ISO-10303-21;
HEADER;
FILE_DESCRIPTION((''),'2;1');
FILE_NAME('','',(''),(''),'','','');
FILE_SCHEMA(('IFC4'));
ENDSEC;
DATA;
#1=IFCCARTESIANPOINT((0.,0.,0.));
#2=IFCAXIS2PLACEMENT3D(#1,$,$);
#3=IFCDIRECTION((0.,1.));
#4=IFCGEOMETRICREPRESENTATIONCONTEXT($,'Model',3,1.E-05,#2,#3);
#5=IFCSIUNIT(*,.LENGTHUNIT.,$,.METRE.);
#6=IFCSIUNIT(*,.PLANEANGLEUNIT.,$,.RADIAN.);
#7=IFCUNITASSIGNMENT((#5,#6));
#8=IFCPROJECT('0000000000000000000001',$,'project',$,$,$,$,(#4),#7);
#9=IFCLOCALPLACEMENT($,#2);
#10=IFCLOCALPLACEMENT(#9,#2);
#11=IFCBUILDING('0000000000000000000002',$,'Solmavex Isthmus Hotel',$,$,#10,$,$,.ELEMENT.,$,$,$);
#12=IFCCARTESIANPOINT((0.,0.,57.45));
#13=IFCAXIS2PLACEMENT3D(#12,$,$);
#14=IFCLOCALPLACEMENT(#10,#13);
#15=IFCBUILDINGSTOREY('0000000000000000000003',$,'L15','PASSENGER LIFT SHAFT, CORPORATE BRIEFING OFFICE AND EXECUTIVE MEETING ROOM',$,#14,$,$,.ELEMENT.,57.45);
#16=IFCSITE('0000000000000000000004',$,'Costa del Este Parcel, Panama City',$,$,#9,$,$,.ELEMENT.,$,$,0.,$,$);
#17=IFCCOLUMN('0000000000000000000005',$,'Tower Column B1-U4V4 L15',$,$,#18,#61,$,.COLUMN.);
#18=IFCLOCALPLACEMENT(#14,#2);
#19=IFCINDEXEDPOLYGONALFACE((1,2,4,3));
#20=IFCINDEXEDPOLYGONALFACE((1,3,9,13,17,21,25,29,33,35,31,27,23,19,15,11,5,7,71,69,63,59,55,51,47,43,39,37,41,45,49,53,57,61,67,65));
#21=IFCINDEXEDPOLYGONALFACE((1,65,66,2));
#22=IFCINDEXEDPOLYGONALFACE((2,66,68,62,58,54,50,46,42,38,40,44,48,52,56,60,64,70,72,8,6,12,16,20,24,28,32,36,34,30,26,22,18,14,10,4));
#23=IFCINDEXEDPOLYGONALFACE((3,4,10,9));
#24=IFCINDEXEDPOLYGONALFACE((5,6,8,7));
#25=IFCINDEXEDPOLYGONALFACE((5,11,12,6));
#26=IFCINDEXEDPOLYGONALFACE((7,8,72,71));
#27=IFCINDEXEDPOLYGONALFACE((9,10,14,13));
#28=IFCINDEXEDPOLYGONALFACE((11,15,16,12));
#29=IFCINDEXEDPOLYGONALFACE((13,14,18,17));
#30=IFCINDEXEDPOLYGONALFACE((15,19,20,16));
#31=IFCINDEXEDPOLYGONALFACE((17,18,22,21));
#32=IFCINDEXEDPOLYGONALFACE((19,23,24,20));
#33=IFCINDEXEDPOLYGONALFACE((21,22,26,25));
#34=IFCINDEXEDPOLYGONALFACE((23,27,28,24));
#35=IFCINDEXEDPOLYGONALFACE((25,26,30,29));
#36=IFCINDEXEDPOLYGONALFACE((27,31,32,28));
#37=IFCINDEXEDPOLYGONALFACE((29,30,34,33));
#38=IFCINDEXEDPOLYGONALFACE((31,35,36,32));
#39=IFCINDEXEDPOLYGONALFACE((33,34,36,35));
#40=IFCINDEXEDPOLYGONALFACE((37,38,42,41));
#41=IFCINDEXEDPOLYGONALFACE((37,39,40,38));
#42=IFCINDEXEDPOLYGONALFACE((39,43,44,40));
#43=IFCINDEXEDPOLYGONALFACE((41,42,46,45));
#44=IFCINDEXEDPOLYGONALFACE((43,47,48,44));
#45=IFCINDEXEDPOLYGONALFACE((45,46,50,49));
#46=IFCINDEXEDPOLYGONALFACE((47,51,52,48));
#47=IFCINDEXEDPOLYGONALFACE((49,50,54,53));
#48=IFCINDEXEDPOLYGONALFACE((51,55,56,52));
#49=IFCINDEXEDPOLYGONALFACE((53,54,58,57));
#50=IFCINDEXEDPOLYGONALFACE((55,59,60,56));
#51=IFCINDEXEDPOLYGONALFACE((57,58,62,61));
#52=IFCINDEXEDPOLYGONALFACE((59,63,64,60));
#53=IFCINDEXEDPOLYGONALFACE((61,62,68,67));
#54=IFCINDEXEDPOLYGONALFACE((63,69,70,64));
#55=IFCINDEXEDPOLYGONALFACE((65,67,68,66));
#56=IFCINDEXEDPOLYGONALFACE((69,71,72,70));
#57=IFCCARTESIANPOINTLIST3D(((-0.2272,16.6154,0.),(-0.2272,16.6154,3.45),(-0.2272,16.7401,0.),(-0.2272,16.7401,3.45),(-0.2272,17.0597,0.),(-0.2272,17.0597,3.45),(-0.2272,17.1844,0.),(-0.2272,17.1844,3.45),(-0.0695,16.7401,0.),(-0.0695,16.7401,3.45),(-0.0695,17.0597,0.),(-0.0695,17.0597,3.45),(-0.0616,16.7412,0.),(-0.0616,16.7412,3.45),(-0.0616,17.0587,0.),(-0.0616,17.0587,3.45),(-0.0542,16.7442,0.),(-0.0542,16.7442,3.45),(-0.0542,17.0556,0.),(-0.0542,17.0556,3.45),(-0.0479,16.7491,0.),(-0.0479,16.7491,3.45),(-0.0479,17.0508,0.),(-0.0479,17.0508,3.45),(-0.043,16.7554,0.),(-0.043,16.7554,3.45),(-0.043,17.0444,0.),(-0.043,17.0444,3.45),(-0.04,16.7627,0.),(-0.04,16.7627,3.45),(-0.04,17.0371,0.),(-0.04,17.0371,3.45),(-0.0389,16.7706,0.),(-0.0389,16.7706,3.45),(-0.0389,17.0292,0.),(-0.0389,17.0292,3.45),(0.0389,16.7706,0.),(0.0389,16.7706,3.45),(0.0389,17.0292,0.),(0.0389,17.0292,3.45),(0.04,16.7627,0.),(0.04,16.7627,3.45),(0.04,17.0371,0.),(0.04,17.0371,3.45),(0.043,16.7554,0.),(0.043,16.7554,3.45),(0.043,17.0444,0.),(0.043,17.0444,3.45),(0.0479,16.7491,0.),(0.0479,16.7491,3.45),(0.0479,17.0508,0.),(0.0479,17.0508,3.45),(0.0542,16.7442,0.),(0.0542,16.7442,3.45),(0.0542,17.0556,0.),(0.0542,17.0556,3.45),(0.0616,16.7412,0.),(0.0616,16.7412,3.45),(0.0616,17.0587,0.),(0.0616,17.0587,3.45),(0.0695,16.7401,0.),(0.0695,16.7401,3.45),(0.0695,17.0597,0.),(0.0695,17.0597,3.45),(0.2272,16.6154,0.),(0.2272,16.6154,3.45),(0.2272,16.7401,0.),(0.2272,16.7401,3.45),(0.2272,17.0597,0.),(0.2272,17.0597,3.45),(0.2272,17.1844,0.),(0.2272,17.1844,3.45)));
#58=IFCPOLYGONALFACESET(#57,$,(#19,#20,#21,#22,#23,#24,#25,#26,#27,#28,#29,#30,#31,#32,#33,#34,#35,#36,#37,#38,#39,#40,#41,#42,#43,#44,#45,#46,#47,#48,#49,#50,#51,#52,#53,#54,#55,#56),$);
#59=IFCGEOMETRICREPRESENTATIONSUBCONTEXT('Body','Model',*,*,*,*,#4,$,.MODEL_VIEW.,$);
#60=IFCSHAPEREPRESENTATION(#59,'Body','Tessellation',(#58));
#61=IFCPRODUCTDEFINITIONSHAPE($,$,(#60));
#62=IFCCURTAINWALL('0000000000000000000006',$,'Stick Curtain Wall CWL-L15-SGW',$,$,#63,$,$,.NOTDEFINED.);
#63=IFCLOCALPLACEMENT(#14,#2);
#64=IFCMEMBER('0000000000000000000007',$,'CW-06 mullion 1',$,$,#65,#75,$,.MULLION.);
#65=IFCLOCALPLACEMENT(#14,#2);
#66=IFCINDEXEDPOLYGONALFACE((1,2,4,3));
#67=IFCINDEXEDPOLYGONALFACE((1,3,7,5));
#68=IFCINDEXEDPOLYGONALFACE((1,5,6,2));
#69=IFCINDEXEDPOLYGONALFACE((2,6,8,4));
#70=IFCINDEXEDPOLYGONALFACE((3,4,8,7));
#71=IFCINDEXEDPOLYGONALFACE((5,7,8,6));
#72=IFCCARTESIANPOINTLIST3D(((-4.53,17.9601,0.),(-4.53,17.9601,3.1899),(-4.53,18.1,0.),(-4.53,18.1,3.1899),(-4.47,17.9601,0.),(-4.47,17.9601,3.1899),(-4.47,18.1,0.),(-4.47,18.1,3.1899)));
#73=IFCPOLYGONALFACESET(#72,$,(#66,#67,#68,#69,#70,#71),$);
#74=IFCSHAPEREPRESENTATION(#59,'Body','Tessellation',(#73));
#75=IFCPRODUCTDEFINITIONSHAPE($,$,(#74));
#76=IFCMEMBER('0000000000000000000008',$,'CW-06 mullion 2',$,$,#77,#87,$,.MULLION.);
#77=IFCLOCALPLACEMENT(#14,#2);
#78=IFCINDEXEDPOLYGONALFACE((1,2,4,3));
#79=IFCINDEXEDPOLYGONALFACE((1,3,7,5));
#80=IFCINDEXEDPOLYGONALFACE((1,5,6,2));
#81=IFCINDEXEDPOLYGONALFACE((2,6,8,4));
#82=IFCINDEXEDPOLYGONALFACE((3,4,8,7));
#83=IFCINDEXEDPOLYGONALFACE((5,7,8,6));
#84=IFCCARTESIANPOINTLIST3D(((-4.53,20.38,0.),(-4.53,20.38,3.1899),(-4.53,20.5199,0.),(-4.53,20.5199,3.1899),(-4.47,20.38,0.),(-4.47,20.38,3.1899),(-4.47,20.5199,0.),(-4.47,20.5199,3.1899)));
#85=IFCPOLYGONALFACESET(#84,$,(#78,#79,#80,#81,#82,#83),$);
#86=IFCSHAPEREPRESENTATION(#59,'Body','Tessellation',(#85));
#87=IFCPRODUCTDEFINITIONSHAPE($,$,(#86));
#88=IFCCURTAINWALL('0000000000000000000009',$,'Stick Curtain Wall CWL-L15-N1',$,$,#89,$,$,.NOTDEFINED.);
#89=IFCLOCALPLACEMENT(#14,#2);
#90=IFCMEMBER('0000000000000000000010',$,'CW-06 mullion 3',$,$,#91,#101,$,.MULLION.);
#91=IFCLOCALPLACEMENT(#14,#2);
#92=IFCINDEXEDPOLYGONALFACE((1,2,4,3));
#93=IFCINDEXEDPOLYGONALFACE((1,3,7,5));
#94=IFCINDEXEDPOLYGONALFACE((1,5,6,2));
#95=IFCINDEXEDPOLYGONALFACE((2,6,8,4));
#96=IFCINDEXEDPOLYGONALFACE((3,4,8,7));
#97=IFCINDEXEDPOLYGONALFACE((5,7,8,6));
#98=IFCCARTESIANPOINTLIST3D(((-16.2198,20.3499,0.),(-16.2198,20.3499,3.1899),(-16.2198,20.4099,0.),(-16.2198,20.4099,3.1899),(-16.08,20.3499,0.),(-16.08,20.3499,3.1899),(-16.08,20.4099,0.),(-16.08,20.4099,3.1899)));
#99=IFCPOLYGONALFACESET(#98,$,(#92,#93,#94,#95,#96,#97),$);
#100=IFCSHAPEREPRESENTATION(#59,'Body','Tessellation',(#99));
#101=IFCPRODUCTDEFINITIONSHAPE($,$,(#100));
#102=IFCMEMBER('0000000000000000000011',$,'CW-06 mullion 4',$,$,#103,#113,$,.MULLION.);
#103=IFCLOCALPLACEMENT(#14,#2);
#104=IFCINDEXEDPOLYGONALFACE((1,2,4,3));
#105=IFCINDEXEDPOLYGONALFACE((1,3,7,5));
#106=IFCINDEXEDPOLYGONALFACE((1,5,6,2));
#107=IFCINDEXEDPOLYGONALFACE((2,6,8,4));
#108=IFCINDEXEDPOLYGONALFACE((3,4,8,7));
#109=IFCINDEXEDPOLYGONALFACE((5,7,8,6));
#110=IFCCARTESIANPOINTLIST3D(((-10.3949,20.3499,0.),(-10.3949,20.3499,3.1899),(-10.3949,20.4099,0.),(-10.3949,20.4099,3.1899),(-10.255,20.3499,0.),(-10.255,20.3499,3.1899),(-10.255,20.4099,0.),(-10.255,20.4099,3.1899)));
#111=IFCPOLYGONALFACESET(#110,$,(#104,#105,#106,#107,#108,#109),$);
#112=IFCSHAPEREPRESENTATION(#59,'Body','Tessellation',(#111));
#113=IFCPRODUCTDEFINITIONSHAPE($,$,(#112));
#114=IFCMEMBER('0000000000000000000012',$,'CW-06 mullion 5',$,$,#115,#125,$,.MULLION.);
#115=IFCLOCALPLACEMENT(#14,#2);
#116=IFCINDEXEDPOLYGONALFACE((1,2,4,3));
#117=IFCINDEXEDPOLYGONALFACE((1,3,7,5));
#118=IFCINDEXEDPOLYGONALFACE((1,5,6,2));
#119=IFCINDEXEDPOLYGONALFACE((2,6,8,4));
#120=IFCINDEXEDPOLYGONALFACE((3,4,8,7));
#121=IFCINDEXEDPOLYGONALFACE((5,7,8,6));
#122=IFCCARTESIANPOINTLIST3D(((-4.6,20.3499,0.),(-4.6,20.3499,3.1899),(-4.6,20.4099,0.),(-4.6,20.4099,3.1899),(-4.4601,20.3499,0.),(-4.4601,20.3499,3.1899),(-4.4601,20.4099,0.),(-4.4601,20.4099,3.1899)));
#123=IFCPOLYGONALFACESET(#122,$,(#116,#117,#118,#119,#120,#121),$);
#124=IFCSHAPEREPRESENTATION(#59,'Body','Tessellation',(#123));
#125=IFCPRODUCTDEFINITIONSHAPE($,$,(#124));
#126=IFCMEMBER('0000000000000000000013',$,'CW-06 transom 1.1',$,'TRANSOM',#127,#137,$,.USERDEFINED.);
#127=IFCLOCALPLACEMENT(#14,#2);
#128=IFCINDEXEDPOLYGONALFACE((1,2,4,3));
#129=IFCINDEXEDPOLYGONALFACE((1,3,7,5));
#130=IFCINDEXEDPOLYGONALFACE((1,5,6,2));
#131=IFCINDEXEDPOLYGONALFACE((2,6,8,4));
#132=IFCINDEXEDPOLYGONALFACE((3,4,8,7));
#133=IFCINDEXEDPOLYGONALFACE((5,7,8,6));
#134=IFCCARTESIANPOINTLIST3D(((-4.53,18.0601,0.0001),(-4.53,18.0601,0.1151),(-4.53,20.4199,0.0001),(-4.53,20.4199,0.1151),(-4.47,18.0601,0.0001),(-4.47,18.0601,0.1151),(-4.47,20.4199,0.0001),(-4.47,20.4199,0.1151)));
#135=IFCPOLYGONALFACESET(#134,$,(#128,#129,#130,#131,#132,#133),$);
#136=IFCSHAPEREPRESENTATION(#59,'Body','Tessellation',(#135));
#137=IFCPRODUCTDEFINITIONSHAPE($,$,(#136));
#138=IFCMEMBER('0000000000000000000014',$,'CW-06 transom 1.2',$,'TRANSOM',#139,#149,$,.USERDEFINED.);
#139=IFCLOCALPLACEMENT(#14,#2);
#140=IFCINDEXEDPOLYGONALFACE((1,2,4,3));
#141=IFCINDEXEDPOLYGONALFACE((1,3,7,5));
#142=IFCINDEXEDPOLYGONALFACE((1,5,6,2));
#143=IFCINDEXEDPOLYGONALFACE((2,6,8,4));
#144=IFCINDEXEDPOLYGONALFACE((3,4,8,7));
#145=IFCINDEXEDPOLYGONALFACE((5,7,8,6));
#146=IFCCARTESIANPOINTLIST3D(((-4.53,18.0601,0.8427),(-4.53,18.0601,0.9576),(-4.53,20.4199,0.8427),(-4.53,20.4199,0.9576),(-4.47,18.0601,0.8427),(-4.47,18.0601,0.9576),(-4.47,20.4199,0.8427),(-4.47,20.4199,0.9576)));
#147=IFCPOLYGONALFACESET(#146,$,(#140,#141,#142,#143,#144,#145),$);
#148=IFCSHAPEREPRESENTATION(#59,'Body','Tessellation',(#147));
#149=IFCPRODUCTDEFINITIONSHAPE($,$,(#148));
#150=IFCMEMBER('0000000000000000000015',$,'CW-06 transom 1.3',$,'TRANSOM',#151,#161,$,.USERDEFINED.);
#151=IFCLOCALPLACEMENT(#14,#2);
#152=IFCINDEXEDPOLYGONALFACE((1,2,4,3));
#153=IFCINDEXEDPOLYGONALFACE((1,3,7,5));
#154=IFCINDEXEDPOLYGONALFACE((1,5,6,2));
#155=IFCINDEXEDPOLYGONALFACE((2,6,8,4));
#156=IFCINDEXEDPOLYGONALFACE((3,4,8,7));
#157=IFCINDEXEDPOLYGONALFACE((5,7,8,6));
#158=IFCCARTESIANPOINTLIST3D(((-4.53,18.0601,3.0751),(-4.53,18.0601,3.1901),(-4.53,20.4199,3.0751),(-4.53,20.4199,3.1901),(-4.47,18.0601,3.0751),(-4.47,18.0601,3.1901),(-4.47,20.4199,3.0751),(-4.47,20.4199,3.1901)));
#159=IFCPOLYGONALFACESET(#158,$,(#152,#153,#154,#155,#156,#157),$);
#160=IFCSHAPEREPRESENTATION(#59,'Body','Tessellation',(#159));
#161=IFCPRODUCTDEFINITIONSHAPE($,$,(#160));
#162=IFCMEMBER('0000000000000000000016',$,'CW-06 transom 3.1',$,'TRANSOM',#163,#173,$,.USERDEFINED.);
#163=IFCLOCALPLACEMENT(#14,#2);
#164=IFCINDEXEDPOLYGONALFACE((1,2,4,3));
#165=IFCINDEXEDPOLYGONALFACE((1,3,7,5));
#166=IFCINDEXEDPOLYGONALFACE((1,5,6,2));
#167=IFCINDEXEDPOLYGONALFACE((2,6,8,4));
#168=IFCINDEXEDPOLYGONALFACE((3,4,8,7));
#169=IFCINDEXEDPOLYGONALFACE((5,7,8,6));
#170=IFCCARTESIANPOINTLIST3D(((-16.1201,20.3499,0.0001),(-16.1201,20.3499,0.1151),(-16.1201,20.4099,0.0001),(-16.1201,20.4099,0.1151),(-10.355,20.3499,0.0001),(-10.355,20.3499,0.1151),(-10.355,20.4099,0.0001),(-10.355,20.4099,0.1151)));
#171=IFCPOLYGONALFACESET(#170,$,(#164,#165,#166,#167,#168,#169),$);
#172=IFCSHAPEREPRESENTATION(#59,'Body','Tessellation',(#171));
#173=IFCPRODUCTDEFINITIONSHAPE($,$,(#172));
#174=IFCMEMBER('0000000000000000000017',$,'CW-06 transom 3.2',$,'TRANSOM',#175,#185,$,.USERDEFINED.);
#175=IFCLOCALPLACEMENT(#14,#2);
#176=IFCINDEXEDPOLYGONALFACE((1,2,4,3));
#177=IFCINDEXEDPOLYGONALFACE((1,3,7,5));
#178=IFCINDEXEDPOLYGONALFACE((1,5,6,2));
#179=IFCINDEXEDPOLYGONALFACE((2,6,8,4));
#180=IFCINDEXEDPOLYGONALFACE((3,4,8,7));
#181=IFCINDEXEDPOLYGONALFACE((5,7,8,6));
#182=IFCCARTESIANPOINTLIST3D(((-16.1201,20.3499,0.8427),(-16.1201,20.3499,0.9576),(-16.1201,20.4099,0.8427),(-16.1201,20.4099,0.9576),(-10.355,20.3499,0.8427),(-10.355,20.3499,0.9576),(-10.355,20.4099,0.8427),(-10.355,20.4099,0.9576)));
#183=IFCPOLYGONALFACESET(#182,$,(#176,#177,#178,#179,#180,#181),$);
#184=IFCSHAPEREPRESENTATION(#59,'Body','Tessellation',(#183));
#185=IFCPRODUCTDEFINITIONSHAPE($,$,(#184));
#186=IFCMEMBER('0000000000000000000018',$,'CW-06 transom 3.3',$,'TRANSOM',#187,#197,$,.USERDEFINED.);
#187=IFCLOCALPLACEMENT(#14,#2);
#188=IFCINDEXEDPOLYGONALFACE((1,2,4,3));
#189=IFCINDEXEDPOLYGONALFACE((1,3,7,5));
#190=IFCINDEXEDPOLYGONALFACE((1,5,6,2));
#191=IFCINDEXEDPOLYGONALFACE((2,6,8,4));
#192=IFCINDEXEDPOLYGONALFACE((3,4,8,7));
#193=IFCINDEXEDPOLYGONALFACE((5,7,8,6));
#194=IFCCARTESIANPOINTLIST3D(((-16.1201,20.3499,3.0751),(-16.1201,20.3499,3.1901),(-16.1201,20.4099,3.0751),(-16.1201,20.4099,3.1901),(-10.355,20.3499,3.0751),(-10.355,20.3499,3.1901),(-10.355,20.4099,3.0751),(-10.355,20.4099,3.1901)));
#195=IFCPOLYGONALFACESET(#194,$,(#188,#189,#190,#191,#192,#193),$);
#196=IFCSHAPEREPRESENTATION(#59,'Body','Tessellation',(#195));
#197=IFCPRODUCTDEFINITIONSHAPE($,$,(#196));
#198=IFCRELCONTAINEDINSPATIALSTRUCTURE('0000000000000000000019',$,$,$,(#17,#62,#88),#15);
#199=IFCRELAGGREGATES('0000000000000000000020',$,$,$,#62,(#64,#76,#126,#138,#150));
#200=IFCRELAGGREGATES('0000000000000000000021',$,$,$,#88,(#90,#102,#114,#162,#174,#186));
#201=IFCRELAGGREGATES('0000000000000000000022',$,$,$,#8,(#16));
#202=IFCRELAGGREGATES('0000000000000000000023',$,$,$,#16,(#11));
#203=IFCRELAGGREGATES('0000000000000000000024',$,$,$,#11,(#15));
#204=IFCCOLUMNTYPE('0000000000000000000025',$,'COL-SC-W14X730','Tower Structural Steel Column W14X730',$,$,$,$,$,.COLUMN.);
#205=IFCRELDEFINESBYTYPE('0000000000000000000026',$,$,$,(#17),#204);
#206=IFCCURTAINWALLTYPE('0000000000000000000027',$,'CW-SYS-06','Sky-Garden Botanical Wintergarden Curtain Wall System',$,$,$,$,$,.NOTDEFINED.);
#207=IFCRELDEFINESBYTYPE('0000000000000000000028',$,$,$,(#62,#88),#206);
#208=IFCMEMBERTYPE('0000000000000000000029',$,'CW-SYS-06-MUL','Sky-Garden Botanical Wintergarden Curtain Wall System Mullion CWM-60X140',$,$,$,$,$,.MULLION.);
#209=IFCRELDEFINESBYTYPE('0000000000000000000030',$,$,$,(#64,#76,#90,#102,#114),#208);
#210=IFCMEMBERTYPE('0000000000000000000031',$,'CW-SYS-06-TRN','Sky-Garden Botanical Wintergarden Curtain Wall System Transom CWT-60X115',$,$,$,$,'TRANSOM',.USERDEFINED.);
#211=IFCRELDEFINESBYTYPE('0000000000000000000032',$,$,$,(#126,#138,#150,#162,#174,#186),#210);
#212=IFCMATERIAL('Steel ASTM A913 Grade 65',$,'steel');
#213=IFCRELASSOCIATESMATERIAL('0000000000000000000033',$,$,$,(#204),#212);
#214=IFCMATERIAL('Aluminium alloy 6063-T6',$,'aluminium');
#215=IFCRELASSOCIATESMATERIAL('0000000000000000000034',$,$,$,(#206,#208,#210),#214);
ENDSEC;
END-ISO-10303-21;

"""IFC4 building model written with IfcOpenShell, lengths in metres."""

from ifc_helpers import new_model, si_unit, direction, frame, origin, origin_2d, place, context, subcontext, project, spatial, rectangle, i_section, extrude, material, material_profile, profile_set, type_object, element, aggregate, save


model = new_model("IFC4")

# Units and contexts
model_context = context("Model", 3, precision=1e-05, world=origin(), true_north=direction((0.0, 1.0)))
body_context = subcontext(model_context, "Body", "Model", "MODEL_VIEW")
ifc_project = project(units=[si_unit("LENGTHUNIT", "METRE"), si_unit("PLANEANGLEUNIT", "RADIAN")], contexts=[model_context])

# Site, building, storey
site_placement = place(None, origin())
site = spatial("IfcSite", under=ifc_project, at=site_placement, Name="Costa del Este Parcel, Panama City", CompositionType="ELEMENT", RefElevation=0.0)
building_placement = place(site_placement, origin())
building = spatial("IfcBuilding", under=site, at=building_placement, Name="Solmavex Isthmus Hotel", CompositionType="ELEMENT")
storey_placement = place(building_placement, frame((0.0, 0.0, 57.45)))
storey = spatial("IfcBuildingStorey", under=building, at=storey_placement, Name="L15", Description="PASSENGER LIFT SHAFT, CORPORATE BRIEFING OFFICE AND EXECUTIVE MEETING ROOM", CompositionType="ELEMENT", Elevation=57.45)

# Column
ifc_material_1 = material(Name="Steel ASTM A913 Grade 65", Category="steel")
ifc_material_profile_1 = material_profile(ifc_material_1, i_section(OverallWidth=0.4543, OverallDepth=0.5691, WebThickness=0.0779, FlangeThickness=0.1248, FilletRadius=0.0305, at=origin_2d()), Name="W14X730")
ifc_profile_set_1 = profile_set([ifc_material_profile_1], Name="Steel ASTM A913 Grade 65")
column_type = type_object("IfcColumnType", Name="COL-SC-W14X730", Description="Tower Structural Steel Column W14X730", PredefinedType="COLUMN", material=ifc_profile_set_1)
column_placement = place(storey_placement, frame((0.0, 16.8999, 0.0), z_axis=(0.0, 0.0, 1.0), x_axis=(1.0, 0.0, 0.0)))
element("IfcColumn", 1, at=column_placement, inside=storey, type_object=column_type, Name="Tower Column B1-U4V4 L15", PredefinedType="COLUMN", context=body_context, shape_type="SweptSolid", body=[
    extrude(i_section(OverallWidth=0.4543, OverallDepth=0.5691, WebThickness=0.0779, FlangeThickness=0.1248, FilletRadius=0.0305, at=origin_2d()), origin(), (0.0, 0.0, 1.0), 3.45),
])

# Curtain walls, members
ifc_material_2 = material(Name="Aluminium alloy 6063-T6", Category="aluminium")
curtain_wall_type = type_object("IfcCurtainWallType", Name="CW-SYS-06", Description="Sky-Garden Botanical Wintergarden Curtain Wall System", PredefinedType="NOTDEFINED", material=ifc_material_2)
curtain_wall_1_placement = place(storey_placement, origin())
curtain_wall_1 = element("IfcCurtainWall", 2, at=curtain_wall_1_placement, inside=storey, type_object=curtain_wall_type, Name="Stick Curtain Wall CWL-L15-SGW", PredefinedType="NOTDEFINED")
ifc_material_profile_2 = material_profile(ifc_material_2, rectangle(XDim=0.0601, YDim=0.1399, at=origin_2d()), Name="CWM-60X140")
ifc_profile_set_2 = profile_set([ifc_material_profile_2], Name="Aluminium alloy 6063-T6")
member_type_1 = type_object("IfcMemberType", Name="CW-SYS-06-MUL", Description="Sky-Garden Botanical Wintergarden Curtain Wall System Mullion CWM-60X140", PredefinedType="MULLION", material=ifc_profile_set_2)
member_1_placement = place(storey_placement, frame((-4.5, 18.03, 0.0), z_axis=(0.0, 0.0, 1.0), x_axis=(-1.0, 0.0, 0.0)))
member_1 = element("IfcMember", 3, at=member_1_placement, type_object=member_type_1, Name="CW-06 mullion 1", PredefinedType="MULLION", context=body_context, shape_type="SweptSolid", body=[
    extrude(rectangle(XDim=0.0601, YDim=0.1399, at=origin_2d()), origin(), (0.0, 0.0, 1.0), 3.1899),
])
member_2_placement = place(storey_placement, frame((-4.5, 20.45, 0.0), z_axis=(0.0, 0.0, 1.0), x_axis=(-1.0, 0.0, 0.0)))
member_2 = element("IfcMember", 4, at=member_2_placement, type_object=member_type_1, Name="CW-06 mullion 2", PredefinedType="MULLION", context=body_context, shape_type="SweptSolid", body=[
    extrude(rectangle(XDim=0.0601, YDim=0.1399, at=origin_2d()), origin(), (0.0, 0.0, 1.0), 3.1899),
])
curtain_wall_2_placement = place(storey_placement, origin())
curtain_wall_2 = element("IfcCurtainWall", 5, at=curtain_wall_2_placement, inside=storey, type_object=curtain_wall_type, Name="Stick Curtain Wall CWL-L15-N1", PredefinedType="NOTDEFINED")
member_3_placement = place(storey_placement, frame((-16.1499, 20.3799, 0.0), z_axis=(0.0, 0.0, 1.0), x_axis=(0.0, 1.0, 0.0)))
member_3 = element("IfcMember", 6, at=member_3_placement, type_object=member_type_1, Name="CW-06 mullion 3", PredefinedType="MULLION", context=body_context, shape_type="SweptSolid", body=[
    extrude(rectangle(XDim=0.0601, YDim=0.1399, at=origin_2d()), origin(), (0.0, 0.0, 1.0), 3.1899),
])
member_4_placement = place(storey_placement, frame((-10.325, 20.3799, 0.0), z_axis=(0.0, 0.0, 1.0), x_axis=(0.0, 1.0, 0.0)))
member_4 = element("IfcMember", 7, at=member_4_placement, type_object=member_type_1, Name="CW-06 mullion 4", PredefinedType="MULLION", context=body_context, shape_type="SweptSolid", body=[
    extrude(rectangle(XDim=0.0601, YDim=0.1399, at=origin_2d()), origin(), (0.0, 0.0, 1.0), 3.1899),
])
member_5_placement = place(storey_placement, frame((-4.53, 20.3799, 0.0), z_axis=(0.0, 0.0, 1.0), x_axis=(0.0, 1.0, 0.0)))
member_5 = element("IfcMember", 8, at=member_5_placement, type_object=member_type_1, Name="CW-06 mullion 5", PredefinedType="MULLION", context=body_context, shape_type="SweptSolid", body=[
    extrude(rectangle(XDim=0.0601, YDim=0.1399, at=origin_2d()), origin(), (0.0, 0.0, 1.0), 3.1899),
])

# Members
ifc_material_profile_3 = material_profile(ifc_material_2, rectangle(XDim=0.0601, YDim=0.115, at=origin_2d()), Name="CWT-60X115")
ifc_profile_set_3 = profile_set([ifc_material_profile_3], Name="Aluminium alloy 6063-T6")
member_type_2 = type_object("IfcMemberType", Name="CW-SYS-06-TRN", Description="Sky-Garden Botanical Wintergarden Curtain Wall System Transom CWT-60X115", ElementType="TRANSOM", PredefinedType="USERDEFINED", material=ifc_profile_set_3)
member_6_placement = place(storey_placement, frame((-4.5, 18.0601, 0.0576), z_axis=(0.0, 1.0, 0.0), x_axis=(-1.0, 0.0, 0.0)))
member_6 = element("IfcMember", 9, at=member_6_placement, type_object=member_type_2, Name="CW-06 transom 1.1", ObjectType="TRANSOM", PredefinedType="USERDEFINED", context=body_context, shape_type="SweptSolid", body=[
    extrude(rectangle(XDim=0.0601, YDim=0.115, at=origin_2d()), origin(), (0.0, 0.0, 1.0), 2.3599),
])
member_7_placement = place(storey_placement, frame((-4.5, 18.0601, 0.9001), z_axis=(0.0, 1.0, 0.0), x_axis=(-1.0, 0.0, 0.0)))
member_7 = element("IfcMember", 10, at=member_7_placement, type_object=member_type_2, Name="CW-06 transom 1.2", ObjectType="TRANSOM", PredefinedType="USERDEFINED", context=body_context, shape_type="SweptSolid", body=[
    extrude(rectangle(XDim=0.0601, YDim=0.115, at=origin_2d()), origin(), (0.0, 0.0, 1.0), 2.3599),
])
member_8_placement = place(storey_placement, frame((-4.5, 18.0601, 3.1326), z_axis=(0.0, 1.0, 0.0), x_axis=(-1.0, 0.0, 0.0)))
member_8 = element("IfcMember", 11, at=member_8_placement, type_object=member_type_2, Name="CW-06 transom 1.3", ObjectType="TRANSOM", PredefinedType="USERDEFINED", context=body_context, shape_type="SweptSolid", body=[
    extrude(rectangle(XDim=0.0601, YDim=0.115, at=origin_2d()), origin(), (0.0, 0.0, 1.0), 2.3599),
])
member_9_placement = place(storey_placement, frame((-16.1201, 20.3799, 0.0576), z_axis=(1.0, 0.0, 0.0), x_axis=(0.0, 1.0, 0.0)))
member_9 = element("IfcMember", 12, at=member_9_placement, type_object=member_type_2, Name="CW-06 transom 3.1", ObjectType="TRANSOM", PredefinedType="USERDEFINED", context=body_context, shape_type="SweptSolid", body=[
    extrude(rectangle(XDim=0.0601, YDim=0.115, at=origin_2d()), origin(), (0.0, 0.0, 1.0), 5.7651),
])
member_10_placement = place(storey_placement, frame((-16.1201, 20.3799, 0.9001), z_axis=(1.0, 0.0, 0.0), x_axis=(0.0, 1.0, 0.0)))
member_10 = element("IfcMember", 13, at=member_10_placement, type_object=member_type_2, Name="CW-06 transom 3.2", ObjectType="TRANSOM", PredefinedType="USERDEFINED", context=body_context, shape_type="SweptSolid", body=[
    extrude(rectangle(XDim=0.0601, YDim=0.115, at=origin_2d()), origin(), (0.0, 0.0, 1.0), 5.7651),
])
member_11_placement = place(storey_placement, frame((-16.1201, 20.3799, 3.1326), z_axis=(1.0, 0.0, 0.0), x_axis=(0.0, 1.0, 0.0)))
member_11 = element("IfcMember", 14, at=member_11_placement, type_object=member_type_2, Name="CW-06 transom 3.3", ObjectType="TRANSOM", PredefinedType="USERDEFINED", context=body_context, shape_type="SweptSolid", body=[
    extrude(rectangle(XDim=0.0601, YDim=0.115, at=origin_2d()), origin(), (0.0, 0.0, 1.0), 5.7651),
])

aggregate(curtain_wall_1, [member_1, member_2, member_6, member_7, member_8])
aggregate(curtain_wall_2, [member_3, member_4, member_5, member_9, member_10, member_11])

save(model, "model.ifc")
